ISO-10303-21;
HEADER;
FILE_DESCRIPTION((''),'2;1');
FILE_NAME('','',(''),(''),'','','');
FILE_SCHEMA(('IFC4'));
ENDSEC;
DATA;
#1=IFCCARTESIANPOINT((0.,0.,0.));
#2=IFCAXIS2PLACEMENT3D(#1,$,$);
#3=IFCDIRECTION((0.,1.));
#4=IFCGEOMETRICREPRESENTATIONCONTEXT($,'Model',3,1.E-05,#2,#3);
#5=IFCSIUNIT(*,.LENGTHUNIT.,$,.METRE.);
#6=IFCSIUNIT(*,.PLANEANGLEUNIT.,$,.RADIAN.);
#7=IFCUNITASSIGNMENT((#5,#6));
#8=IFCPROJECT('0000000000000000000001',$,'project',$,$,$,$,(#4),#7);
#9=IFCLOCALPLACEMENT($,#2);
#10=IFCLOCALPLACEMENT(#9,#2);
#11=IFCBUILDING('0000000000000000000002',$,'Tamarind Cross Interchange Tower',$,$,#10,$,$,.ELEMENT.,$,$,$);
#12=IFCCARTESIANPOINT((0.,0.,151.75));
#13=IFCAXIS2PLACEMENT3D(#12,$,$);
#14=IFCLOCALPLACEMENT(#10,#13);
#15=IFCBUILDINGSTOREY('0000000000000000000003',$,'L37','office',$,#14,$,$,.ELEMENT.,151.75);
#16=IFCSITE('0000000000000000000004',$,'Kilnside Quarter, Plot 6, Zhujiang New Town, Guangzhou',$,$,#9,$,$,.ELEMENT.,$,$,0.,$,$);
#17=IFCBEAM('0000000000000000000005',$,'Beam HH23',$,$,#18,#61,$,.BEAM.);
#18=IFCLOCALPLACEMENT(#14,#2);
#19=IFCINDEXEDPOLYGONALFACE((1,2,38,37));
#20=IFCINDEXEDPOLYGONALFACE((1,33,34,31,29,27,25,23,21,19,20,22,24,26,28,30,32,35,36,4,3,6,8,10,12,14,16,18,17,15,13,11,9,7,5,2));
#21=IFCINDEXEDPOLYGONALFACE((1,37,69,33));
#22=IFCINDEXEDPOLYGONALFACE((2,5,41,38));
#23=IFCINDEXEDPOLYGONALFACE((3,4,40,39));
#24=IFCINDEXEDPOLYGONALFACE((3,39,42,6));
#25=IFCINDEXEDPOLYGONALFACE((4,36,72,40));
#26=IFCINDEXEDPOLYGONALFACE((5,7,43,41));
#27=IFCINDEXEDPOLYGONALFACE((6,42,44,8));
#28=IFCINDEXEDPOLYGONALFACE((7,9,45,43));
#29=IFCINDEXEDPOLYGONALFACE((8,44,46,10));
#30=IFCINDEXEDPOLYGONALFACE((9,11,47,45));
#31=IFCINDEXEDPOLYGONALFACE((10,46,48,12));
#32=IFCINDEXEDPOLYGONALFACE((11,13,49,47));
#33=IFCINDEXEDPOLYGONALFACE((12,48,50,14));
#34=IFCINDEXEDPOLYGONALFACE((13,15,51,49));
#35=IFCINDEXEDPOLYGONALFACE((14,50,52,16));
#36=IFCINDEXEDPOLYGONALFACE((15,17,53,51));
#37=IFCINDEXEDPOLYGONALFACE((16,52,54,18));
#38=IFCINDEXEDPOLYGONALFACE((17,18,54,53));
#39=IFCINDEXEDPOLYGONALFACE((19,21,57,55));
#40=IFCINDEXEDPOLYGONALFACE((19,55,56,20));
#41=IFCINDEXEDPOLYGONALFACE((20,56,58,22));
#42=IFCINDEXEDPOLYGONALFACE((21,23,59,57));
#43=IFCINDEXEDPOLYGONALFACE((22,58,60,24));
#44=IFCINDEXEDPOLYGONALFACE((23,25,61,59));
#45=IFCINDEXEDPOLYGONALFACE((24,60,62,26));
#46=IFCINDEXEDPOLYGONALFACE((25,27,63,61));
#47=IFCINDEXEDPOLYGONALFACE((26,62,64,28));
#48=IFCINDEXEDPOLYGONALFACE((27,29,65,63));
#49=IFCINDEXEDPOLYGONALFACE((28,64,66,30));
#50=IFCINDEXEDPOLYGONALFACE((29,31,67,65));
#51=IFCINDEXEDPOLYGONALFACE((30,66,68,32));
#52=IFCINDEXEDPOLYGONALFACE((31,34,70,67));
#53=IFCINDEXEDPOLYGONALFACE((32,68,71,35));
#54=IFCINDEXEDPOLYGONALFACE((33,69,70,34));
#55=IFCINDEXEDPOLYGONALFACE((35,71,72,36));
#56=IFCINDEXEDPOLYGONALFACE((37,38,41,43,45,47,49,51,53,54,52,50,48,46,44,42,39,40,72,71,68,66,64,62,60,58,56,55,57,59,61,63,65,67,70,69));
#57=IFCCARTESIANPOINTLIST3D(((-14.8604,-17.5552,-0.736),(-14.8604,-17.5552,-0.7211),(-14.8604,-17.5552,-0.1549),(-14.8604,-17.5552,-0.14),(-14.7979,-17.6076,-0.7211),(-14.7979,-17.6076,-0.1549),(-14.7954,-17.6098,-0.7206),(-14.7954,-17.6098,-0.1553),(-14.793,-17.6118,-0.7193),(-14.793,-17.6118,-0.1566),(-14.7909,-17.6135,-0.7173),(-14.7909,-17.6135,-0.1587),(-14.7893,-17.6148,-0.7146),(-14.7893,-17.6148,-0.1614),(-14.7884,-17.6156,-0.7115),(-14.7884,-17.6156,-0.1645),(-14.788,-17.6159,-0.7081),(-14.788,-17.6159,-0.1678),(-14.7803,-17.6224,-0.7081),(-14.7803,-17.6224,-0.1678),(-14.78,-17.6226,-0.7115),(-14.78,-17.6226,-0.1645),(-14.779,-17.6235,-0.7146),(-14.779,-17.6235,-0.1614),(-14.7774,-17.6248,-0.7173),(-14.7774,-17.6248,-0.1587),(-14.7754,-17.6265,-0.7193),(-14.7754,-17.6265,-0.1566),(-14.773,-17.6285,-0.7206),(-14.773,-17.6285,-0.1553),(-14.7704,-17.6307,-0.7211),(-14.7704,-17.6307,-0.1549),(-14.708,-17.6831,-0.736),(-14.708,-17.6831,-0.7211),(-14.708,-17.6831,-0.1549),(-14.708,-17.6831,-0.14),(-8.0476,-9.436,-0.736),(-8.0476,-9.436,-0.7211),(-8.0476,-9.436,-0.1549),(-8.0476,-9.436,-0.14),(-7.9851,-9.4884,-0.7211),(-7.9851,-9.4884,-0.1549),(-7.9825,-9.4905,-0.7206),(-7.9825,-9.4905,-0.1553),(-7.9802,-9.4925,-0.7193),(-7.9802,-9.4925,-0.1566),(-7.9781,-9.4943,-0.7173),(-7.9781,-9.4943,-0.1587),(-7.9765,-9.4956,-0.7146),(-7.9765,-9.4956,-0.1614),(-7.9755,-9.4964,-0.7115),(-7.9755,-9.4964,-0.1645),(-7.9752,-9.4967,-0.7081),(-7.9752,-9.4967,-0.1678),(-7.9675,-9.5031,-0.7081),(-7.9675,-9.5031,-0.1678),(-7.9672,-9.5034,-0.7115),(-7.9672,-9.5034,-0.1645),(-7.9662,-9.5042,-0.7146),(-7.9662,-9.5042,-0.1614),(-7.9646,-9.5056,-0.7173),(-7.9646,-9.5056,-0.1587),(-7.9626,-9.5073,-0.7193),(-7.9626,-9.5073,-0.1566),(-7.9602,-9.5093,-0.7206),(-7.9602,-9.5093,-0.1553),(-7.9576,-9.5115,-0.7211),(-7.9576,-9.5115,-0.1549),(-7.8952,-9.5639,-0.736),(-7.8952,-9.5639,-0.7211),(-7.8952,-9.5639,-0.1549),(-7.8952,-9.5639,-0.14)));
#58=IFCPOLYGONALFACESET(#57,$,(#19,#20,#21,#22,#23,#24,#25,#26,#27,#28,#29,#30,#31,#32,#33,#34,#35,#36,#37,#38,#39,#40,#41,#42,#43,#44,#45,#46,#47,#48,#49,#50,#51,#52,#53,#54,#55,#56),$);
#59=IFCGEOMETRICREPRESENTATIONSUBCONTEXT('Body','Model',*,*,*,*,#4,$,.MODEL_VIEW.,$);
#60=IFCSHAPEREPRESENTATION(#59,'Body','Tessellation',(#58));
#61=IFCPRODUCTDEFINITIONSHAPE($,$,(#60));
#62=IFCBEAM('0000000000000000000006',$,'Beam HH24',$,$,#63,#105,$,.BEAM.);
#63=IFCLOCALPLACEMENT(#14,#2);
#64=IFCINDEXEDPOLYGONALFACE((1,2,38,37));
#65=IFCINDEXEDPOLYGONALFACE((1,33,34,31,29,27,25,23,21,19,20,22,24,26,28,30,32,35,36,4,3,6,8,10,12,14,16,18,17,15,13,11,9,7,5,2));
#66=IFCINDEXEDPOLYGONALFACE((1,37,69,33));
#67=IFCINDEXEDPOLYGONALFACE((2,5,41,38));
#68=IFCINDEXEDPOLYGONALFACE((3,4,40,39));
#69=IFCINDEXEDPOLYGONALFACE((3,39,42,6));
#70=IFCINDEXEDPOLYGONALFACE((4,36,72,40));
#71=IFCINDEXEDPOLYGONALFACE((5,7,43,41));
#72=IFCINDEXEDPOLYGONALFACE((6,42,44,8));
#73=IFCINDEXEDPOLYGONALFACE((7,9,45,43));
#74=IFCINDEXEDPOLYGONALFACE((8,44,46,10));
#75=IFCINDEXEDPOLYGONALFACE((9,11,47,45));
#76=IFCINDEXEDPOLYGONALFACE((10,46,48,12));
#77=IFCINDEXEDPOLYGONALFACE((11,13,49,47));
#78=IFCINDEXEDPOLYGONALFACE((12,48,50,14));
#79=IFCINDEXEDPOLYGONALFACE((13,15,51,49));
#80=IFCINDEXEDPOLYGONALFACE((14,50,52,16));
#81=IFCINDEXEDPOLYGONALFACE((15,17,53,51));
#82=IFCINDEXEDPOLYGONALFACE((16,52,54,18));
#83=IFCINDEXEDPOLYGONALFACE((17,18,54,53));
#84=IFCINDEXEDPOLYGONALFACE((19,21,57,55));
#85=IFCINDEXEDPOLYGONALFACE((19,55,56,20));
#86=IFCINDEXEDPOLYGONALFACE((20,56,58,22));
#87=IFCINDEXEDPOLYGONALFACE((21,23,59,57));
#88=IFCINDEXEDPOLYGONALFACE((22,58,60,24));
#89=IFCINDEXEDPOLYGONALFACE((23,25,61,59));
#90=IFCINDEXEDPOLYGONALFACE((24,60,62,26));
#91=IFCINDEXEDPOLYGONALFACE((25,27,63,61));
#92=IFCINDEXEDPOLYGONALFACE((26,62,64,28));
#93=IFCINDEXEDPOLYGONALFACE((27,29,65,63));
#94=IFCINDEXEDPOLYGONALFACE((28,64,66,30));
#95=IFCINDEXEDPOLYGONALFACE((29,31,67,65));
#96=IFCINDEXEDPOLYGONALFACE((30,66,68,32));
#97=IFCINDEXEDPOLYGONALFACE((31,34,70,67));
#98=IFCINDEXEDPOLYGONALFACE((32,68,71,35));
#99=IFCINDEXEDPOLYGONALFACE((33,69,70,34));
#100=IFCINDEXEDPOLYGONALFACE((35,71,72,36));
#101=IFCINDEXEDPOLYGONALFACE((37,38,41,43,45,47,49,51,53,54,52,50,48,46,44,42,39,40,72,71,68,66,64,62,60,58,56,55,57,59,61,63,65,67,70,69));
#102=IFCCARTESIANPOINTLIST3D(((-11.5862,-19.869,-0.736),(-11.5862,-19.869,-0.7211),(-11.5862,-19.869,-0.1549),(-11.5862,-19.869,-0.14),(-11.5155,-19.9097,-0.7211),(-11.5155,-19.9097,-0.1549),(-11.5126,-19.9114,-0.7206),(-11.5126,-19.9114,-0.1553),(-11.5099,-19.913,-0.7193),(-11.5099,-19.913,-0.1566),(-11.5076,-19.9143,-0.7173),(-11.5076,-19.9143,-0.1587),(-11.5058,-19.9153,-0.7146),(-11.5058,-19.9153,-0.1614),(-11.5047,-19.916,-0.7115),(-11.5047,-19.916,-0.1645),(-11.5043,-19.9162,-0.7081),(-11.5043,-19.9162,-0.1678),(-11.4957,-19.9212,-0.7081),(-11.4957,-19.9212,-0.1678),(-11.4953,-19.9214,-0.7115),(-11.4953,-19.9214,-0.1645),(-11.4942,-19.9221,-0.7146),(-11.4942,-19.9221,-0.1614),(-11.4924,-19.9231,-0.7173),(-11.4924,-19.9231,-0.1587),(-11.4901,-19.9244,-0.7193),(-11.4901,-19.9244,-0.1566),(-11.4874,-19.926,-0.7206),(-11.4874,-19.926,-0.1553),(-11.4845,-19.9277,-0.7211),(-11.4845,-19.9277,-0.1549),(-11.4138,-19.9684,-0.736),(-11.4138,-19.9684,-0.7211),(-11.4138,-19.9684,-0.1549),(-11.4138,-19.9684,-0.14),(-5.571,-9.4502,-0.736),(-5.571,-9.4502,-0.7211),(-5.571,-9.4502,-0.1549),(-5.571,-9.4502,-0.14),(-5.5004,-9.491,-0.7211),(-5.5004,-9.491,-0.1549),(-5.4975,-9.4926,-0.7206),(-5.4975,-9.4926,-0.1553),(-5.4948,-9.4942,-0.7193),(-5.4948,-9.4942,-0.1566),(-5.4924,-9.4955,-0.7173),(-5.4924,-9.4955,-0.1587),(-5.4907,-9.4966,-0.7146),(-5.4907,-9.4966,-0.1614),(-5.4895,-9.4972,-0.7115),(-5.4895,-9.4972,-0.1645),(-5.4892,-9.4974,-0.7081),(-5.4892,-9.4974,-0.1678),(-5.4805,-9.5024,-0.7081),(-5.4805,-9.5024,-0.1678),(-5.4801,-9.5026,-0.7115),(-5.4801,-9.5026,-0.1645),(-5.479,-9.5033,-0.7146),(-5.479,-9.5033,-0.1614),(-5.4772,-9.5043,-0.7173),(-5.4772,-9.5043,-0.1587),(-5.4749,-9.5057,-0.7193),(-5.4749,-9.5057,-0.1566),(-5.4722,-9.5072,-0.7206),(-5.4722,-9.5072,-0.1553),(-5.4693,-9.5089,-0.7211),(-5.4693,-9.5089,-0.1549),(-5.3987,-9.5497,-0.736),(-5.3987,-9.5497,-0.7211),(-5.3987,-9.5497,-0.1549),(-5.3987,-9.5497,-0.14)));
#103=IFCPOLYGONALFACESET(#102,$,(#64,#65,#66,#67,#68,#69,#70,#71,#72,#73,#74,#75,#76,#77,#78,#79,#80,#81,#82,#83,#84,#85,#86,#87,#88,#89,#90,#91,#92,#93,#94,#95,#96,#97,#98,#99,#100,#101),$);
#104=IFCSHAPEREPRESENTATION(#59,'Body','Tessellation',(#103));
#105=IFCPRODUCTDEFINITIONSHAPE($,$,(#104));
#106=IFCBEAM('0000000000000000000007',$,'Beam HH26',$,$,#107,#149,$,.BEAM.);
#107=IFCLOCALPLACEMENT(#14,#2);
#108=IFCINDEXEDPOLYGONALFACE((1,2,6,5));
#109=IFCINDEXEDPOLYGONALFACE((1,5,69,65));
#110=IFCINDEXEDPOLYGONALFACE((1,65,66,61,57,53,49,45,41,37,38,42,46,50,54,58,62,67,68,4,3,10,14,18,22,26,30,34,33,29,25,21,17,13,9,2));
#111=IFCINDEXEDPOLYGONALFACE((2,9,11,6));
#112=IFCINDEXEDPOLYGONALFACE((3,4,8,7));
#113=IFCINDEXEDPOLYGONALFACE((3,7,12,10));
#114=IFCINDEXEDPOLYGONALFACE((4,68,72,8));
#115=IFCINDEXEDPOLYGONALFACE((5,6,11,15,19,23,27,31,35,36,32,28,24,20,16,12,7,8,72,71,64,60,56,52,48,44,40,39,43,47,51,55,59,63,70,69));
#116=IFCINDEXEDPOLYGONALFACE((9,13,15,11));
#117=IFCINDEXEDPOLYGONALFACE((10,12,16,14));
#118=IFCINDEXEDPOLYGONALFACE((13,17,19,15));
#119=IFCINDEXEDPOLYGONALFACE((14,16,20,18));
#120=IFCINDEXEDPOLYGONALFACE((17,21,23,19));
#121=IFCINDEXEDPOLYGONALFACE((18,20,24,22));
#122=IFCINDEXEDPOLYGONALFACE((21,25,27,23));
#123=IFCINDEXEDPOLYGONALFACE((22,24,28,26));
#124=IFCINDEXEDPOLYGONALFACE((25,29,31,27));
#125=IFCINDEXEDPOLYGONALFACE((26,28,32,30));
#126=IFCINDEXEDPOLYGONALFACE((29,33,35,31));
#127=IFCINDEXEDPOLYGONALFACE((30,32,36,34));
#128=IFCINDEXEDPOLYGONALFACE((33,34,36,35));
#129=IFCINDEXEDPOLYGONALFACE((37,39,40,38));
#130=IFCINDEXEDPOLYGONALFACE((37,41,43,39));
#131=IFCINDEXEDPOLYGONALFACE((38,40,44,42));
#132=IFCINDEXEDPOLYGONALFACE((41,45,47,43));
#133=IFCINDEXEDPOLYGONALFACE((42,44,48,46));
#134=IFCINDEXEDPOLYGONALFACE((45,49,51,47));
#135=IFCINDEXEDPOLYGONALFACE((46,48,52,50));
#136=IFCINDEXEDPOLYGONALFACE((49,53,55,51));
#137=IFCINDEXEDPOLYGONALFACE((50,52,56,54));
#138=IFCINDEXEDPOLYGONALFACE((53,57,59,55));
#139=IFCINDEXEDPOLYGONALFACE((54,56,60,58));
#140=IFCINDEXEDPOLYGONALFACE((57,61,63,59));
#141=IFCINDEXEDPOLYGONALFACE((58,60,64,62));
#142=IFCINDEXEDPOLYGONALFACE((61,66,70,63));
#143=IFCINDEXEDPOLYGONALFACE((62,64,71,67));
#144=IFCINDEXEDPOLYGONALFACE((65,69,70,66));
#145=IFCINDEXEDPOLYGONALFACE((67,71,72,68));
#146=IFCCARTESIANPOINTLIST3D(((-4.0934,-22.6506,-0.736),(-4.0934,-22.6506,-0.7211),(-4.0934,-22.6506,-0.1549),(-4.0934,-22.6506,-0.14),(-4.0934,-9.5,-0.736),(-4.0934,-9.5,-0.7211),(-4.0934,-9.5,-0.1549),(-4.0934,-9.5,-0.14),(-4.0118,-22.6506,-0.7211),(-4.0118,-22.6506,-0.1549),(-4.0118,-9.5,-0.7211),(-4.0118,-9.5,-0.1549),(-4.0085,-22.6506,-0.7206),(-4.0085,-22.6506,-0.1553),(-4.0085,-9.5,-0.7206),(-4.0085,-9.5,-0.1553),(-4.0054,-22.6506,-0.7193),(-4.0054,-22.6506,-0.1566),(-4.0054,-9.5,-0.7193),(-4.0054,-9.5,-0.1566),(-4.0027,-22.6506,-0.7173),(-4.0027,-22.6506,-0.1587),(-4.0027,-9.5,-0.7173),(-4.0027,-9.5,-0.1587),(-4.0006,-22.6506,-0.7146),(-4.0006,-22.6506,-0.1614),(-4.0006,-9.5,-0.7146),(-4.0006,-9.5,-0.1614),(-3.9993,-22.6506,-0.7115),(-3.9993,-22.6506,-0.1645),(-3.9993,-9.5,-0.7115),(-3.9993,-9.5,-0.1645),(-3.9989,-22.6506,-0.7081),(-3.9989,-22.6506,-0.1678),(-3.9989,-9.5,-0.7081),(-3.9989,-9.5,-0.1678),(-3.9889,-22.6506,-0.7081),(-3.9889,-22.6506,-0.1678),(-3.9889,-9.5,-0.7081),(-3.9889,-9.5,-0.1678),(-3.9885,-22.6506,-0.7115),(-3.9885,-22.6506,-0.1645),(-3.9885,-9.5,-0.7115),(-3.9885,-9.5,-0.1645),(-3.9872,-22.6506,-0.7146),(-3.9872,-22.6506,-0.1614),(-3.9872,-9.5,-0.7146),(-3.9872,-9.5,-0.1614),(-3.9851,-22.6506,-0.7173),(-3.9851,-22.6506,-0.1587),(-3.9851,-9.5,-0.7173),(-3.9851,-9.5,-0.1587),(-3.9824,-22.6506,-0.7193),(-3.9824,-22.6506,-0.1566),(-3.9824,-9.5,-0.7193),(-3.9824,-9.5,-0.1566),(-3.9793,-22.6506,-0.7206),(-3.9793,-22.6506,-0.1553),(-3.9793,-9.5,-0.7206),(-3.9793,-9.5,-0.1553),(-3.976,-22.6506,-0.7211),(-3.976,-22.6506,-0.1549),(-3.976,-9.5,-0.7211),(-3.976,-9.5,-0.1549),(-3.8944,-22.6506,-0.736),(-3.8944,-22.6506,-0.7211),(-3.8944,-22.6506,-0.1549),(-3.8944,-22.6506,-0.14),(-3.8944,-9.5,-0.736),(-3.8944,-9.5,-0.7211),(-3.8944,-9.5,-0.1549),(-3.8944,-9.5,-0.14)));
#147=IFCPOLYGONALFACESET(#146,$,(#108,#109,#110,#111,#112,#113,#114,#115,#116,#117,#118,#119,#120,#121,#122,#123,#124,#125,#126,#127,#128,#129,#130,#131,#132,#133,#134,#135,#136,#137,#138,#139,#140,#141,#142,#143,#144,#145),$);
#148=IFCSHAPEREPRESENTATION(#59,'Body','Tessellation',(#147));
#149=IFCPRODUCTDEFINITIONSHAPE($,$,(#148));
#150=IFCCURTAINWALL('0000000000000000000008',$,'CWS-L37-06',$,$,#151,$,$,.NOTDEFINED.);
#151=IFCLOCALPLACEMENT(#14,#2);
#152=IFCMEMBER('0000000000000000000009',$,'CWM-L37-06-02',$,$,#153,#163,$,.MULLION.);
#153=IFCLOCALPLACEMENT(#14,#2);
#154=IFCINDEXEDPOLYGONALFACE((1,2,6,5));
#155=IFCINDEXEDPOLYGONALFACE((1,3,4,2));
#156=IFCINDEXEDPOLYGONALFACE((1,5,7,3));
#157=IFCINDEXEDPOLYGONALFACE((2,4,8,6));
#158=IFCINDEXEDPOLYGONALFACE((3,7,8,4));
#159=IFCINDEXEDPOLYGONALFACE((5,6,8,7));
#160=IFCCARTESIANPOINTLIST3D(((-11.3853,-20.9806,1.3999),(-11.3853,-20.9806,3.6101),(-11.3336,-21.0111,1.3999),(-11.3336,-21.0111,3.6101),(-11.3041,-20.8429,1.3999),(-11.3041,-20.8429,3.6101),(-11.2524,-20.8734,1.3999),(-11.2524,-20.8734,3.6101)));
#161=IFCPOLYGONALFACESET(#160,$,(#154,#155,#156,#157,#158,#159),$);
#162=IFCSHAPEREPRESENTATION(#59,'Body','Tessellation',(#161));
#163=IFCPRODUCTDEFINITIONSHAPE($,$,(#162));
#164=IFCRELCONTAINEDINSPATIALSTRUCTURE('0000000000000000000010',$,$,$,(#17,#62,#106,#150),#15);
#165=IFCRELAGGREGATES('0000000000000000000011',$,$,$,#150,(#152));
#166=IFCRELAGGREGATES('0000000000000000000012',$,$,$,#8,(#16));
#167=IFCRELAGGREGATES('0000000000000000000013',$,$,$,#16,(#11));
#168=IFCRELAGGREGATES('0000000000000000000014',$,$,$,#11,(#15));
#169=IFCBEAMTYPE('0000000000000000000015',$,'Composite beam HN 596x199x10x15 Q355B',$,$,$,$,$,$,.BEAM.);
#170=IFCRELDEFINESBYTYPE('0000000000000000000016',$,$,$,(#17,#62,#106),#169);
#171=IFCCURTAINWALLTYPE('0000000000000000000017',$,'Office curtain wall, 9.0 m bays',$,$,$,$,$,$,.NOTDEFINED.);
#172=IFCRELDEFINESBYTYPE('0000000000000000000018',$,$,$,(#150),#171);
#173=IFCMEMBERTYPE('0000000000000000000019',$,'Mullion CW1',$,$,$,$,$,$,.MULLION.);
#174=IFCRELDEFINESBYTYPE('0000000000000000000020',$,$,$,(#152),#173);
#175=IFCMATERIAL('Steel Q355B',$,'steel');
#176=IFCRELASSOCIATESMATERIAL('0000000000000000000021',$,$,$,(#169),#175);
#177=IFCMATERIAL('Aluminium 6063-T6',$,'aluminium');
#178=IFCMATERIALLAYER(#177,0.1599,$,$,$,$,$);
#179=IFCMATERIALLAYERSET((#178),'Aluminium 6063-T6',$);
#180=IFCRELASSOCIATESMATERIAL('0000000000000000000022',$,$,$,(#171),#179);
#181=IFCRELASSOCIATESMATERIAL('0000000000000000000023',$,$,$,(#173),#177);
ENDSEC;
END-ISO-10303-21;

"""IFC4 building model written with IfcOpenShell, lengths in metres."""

from ifc_helpers import new_model, si_unit, direction, frame, origin, origin_2d, place, context, subcontext, project, spatial, rectangle, i_section, extrude, material, layer, layer_set, material_profile, profile_set, type_object, element, aggregate, save


model = new_model("IFC4")

# Units and contexts
model_context = context("Model", 3, precision=1e-05, world=origin(), true_north=direction((0.0, 1.0)))
body_context = subcontext(model_context, "Body", "Model", "MODEL_VIEW")
ifc_project = project(units=[si_unit("LENGTHUNIT", "METRE"), si_unit("PLANEANGLEUNIT", "RADIAN")], contexts=[model_context])

# Site, building, storey
site_placement = place(None, origin())
site = spatial("IfcSite", under=ifc_project, at=site_placement, Name="Kilnside Quarter, Plot 6, Zhujiang New Town, Guangzhou", CompositionType="ELEMENT", RefElevation=0.0)
building_placement = place(site_placement, origin())
building = spatial("IfcBuilding", under=site, at=building_placement, Name="Tamarind Cross Interchange Tower", CompositionType="ELEMENT")
storey_placement = place(building_placement, frame((0.0, 0.0, 151.75)))
storey = spatial("IfcBuildingStorey", under=building, at=storey_placement, Name="L37", Description="office", CompositionType="ELEMENT", Elevation=151.75)

# Beams
ifc_material_1 = material(Name="Steel Q355B", Category="steel")
ifc_material_profile_1 = material_profile(ifc_material_1, i_section(OverallWidth=0.199, OverallDepth=0.5959, WebThickness=0.01, FlangeThickness=0.0149, FilletRadius=0.0129, at=origin_2d()), Name="HN 596x199x10x15")
ifc_profile_set_1 = profile_set([ifc_material_profile_1], Name="Steel Q355B")
beam_type_1 = type_object("IfcBeamType", Name="Composite beam HN 596x199x10x15 Q355B", PredefinedType="BEAM", material=ifc_profile_set_1)
beam_1_placement = place(storey_placement, frame((-14.7842, -17.6191, -0.438), z_axis=(0.642786, 0.766046, 0.0), x_axis=(-0.766046, 0.642786, 0.0)))
element("IfcBeam", 1, at=beam_1_placement, inside=storey, type_object=beam_type_1, Name="Beam HH23", PredefinedType="BEAM", context=body_context, shape_type="SweptSolid", body=[
    extrude(i_section(OverallWidth=0.199, OverallDepth=0.5959, WebThickness=0.01, FlangeThickness=0.0149, FilletRadius=0.0129, at=origin_2d()), origin(), (0.0, 0.0, 1.0), 10.5989),
])
beam_2_placement = place(storey_placement, frame((-11.5, -19.9187, -0.438), z_axis=(0.499994, 0.866029, 0.0), x_axis=(-0.866029, 0.499994, 0.0)))
element("IfcBeam", 2, at=beam_2_placement, inside=storey, type_object=beam_type_1, Name="Beam HH24", PredefinedType="BEAM", context=body_context, shape_type="SweptSolid", body=[
    extrude(i_section(OverallWidth=0.199, OverallDepth=0.5959, WebThickness=0.01, FlangeThickness=0.0149, FilletRadius=0.0129, at=origin_2d()), origin(), (0.0, 0.0, 1.0), 12.0305),
])
beam_3_placement = place(storey_placement, frame((-3.9939, -22.6506, -0.438), z_axis=(0.0, 1.0, 0.0), x_axis=(-1.0, 0.0, 0.0)))
element("IfcBeam", 3, at=beam_3_placement, inside=storey, type_object=beam_type_1, Name="Beam HH26", PredefinedType="BEAM", context=body_context, shape_type="SweptSolid", body=[
    extrude(i_section(OverallWidth=0.199, OverallDepth=0.5959, WebThickness=0.01, FlangeThickness=0.0149, FilletRadius=0.0129, at=origin_2d()), origin(), (0.0, 0.0, 1.0), 13.1506),
])

# Curtain wall, member
ifc_material_2 = material(Name="Aluminium 6063-T6", Category="aluminium")
ifc_layer_1 = layer(ifc_material_2, 0.1599)
ifc_layer_set_1 = layer_set([ifc_layer_1], Name="Aluminium 6063-T6")
curtain_wall_type = type_object("IfcCurtainWallType", Name="Office curtain wall, 9.0 m bays", PredefinedType="NOTDEFINED", material=ifc_layer_set_1)
curtain_wall_placement = place(storey_placement, origin())
curtain_wall = element("IfcCurtainWall", 4, at=curtain_wall_placement, inside=storey, type_object=curtain_wall_type, Name="CWS-L37-06", PredefinedType="NOTDEFINED")
ifc_material_profile_2 = material_profile(ifc_material_2, rectangle(XDim=0.0601, YDim=0.1599, at=origin_2d()), Name="Mullion CW1")
ifc_profile_set_2 = profile_set([ifc_material_profile_2], Name="Aluminium 6063-T6")
member_type = type_object("IfcMemberType", Name="Mullion CW1", PredefinedType="MULLION", material=ifc_profile_set_2)
member_placement = place(storey_placement, frame((-11.3188, -20.927, 1.3999), z_axis=(0.0, 0.0, 1.0), x_axis=(0.861249, -0.508183, 0.0)))
member = element("IfcMember", 5, at=member_placement, type_object=member_type, Name="CWM-L37-06-02", PredefinedType="MULLION", context=body_context, shape_type="SweptSolid", body=[
    extrude(rectangle(XDim=0.0601, YDim=0.1599, at=origin_2d()), origin(), (0.0, 0.0, 1.0), 2.2102),
])
aggregate(curtain_wall, [member])

save(model, "model.ifc")
